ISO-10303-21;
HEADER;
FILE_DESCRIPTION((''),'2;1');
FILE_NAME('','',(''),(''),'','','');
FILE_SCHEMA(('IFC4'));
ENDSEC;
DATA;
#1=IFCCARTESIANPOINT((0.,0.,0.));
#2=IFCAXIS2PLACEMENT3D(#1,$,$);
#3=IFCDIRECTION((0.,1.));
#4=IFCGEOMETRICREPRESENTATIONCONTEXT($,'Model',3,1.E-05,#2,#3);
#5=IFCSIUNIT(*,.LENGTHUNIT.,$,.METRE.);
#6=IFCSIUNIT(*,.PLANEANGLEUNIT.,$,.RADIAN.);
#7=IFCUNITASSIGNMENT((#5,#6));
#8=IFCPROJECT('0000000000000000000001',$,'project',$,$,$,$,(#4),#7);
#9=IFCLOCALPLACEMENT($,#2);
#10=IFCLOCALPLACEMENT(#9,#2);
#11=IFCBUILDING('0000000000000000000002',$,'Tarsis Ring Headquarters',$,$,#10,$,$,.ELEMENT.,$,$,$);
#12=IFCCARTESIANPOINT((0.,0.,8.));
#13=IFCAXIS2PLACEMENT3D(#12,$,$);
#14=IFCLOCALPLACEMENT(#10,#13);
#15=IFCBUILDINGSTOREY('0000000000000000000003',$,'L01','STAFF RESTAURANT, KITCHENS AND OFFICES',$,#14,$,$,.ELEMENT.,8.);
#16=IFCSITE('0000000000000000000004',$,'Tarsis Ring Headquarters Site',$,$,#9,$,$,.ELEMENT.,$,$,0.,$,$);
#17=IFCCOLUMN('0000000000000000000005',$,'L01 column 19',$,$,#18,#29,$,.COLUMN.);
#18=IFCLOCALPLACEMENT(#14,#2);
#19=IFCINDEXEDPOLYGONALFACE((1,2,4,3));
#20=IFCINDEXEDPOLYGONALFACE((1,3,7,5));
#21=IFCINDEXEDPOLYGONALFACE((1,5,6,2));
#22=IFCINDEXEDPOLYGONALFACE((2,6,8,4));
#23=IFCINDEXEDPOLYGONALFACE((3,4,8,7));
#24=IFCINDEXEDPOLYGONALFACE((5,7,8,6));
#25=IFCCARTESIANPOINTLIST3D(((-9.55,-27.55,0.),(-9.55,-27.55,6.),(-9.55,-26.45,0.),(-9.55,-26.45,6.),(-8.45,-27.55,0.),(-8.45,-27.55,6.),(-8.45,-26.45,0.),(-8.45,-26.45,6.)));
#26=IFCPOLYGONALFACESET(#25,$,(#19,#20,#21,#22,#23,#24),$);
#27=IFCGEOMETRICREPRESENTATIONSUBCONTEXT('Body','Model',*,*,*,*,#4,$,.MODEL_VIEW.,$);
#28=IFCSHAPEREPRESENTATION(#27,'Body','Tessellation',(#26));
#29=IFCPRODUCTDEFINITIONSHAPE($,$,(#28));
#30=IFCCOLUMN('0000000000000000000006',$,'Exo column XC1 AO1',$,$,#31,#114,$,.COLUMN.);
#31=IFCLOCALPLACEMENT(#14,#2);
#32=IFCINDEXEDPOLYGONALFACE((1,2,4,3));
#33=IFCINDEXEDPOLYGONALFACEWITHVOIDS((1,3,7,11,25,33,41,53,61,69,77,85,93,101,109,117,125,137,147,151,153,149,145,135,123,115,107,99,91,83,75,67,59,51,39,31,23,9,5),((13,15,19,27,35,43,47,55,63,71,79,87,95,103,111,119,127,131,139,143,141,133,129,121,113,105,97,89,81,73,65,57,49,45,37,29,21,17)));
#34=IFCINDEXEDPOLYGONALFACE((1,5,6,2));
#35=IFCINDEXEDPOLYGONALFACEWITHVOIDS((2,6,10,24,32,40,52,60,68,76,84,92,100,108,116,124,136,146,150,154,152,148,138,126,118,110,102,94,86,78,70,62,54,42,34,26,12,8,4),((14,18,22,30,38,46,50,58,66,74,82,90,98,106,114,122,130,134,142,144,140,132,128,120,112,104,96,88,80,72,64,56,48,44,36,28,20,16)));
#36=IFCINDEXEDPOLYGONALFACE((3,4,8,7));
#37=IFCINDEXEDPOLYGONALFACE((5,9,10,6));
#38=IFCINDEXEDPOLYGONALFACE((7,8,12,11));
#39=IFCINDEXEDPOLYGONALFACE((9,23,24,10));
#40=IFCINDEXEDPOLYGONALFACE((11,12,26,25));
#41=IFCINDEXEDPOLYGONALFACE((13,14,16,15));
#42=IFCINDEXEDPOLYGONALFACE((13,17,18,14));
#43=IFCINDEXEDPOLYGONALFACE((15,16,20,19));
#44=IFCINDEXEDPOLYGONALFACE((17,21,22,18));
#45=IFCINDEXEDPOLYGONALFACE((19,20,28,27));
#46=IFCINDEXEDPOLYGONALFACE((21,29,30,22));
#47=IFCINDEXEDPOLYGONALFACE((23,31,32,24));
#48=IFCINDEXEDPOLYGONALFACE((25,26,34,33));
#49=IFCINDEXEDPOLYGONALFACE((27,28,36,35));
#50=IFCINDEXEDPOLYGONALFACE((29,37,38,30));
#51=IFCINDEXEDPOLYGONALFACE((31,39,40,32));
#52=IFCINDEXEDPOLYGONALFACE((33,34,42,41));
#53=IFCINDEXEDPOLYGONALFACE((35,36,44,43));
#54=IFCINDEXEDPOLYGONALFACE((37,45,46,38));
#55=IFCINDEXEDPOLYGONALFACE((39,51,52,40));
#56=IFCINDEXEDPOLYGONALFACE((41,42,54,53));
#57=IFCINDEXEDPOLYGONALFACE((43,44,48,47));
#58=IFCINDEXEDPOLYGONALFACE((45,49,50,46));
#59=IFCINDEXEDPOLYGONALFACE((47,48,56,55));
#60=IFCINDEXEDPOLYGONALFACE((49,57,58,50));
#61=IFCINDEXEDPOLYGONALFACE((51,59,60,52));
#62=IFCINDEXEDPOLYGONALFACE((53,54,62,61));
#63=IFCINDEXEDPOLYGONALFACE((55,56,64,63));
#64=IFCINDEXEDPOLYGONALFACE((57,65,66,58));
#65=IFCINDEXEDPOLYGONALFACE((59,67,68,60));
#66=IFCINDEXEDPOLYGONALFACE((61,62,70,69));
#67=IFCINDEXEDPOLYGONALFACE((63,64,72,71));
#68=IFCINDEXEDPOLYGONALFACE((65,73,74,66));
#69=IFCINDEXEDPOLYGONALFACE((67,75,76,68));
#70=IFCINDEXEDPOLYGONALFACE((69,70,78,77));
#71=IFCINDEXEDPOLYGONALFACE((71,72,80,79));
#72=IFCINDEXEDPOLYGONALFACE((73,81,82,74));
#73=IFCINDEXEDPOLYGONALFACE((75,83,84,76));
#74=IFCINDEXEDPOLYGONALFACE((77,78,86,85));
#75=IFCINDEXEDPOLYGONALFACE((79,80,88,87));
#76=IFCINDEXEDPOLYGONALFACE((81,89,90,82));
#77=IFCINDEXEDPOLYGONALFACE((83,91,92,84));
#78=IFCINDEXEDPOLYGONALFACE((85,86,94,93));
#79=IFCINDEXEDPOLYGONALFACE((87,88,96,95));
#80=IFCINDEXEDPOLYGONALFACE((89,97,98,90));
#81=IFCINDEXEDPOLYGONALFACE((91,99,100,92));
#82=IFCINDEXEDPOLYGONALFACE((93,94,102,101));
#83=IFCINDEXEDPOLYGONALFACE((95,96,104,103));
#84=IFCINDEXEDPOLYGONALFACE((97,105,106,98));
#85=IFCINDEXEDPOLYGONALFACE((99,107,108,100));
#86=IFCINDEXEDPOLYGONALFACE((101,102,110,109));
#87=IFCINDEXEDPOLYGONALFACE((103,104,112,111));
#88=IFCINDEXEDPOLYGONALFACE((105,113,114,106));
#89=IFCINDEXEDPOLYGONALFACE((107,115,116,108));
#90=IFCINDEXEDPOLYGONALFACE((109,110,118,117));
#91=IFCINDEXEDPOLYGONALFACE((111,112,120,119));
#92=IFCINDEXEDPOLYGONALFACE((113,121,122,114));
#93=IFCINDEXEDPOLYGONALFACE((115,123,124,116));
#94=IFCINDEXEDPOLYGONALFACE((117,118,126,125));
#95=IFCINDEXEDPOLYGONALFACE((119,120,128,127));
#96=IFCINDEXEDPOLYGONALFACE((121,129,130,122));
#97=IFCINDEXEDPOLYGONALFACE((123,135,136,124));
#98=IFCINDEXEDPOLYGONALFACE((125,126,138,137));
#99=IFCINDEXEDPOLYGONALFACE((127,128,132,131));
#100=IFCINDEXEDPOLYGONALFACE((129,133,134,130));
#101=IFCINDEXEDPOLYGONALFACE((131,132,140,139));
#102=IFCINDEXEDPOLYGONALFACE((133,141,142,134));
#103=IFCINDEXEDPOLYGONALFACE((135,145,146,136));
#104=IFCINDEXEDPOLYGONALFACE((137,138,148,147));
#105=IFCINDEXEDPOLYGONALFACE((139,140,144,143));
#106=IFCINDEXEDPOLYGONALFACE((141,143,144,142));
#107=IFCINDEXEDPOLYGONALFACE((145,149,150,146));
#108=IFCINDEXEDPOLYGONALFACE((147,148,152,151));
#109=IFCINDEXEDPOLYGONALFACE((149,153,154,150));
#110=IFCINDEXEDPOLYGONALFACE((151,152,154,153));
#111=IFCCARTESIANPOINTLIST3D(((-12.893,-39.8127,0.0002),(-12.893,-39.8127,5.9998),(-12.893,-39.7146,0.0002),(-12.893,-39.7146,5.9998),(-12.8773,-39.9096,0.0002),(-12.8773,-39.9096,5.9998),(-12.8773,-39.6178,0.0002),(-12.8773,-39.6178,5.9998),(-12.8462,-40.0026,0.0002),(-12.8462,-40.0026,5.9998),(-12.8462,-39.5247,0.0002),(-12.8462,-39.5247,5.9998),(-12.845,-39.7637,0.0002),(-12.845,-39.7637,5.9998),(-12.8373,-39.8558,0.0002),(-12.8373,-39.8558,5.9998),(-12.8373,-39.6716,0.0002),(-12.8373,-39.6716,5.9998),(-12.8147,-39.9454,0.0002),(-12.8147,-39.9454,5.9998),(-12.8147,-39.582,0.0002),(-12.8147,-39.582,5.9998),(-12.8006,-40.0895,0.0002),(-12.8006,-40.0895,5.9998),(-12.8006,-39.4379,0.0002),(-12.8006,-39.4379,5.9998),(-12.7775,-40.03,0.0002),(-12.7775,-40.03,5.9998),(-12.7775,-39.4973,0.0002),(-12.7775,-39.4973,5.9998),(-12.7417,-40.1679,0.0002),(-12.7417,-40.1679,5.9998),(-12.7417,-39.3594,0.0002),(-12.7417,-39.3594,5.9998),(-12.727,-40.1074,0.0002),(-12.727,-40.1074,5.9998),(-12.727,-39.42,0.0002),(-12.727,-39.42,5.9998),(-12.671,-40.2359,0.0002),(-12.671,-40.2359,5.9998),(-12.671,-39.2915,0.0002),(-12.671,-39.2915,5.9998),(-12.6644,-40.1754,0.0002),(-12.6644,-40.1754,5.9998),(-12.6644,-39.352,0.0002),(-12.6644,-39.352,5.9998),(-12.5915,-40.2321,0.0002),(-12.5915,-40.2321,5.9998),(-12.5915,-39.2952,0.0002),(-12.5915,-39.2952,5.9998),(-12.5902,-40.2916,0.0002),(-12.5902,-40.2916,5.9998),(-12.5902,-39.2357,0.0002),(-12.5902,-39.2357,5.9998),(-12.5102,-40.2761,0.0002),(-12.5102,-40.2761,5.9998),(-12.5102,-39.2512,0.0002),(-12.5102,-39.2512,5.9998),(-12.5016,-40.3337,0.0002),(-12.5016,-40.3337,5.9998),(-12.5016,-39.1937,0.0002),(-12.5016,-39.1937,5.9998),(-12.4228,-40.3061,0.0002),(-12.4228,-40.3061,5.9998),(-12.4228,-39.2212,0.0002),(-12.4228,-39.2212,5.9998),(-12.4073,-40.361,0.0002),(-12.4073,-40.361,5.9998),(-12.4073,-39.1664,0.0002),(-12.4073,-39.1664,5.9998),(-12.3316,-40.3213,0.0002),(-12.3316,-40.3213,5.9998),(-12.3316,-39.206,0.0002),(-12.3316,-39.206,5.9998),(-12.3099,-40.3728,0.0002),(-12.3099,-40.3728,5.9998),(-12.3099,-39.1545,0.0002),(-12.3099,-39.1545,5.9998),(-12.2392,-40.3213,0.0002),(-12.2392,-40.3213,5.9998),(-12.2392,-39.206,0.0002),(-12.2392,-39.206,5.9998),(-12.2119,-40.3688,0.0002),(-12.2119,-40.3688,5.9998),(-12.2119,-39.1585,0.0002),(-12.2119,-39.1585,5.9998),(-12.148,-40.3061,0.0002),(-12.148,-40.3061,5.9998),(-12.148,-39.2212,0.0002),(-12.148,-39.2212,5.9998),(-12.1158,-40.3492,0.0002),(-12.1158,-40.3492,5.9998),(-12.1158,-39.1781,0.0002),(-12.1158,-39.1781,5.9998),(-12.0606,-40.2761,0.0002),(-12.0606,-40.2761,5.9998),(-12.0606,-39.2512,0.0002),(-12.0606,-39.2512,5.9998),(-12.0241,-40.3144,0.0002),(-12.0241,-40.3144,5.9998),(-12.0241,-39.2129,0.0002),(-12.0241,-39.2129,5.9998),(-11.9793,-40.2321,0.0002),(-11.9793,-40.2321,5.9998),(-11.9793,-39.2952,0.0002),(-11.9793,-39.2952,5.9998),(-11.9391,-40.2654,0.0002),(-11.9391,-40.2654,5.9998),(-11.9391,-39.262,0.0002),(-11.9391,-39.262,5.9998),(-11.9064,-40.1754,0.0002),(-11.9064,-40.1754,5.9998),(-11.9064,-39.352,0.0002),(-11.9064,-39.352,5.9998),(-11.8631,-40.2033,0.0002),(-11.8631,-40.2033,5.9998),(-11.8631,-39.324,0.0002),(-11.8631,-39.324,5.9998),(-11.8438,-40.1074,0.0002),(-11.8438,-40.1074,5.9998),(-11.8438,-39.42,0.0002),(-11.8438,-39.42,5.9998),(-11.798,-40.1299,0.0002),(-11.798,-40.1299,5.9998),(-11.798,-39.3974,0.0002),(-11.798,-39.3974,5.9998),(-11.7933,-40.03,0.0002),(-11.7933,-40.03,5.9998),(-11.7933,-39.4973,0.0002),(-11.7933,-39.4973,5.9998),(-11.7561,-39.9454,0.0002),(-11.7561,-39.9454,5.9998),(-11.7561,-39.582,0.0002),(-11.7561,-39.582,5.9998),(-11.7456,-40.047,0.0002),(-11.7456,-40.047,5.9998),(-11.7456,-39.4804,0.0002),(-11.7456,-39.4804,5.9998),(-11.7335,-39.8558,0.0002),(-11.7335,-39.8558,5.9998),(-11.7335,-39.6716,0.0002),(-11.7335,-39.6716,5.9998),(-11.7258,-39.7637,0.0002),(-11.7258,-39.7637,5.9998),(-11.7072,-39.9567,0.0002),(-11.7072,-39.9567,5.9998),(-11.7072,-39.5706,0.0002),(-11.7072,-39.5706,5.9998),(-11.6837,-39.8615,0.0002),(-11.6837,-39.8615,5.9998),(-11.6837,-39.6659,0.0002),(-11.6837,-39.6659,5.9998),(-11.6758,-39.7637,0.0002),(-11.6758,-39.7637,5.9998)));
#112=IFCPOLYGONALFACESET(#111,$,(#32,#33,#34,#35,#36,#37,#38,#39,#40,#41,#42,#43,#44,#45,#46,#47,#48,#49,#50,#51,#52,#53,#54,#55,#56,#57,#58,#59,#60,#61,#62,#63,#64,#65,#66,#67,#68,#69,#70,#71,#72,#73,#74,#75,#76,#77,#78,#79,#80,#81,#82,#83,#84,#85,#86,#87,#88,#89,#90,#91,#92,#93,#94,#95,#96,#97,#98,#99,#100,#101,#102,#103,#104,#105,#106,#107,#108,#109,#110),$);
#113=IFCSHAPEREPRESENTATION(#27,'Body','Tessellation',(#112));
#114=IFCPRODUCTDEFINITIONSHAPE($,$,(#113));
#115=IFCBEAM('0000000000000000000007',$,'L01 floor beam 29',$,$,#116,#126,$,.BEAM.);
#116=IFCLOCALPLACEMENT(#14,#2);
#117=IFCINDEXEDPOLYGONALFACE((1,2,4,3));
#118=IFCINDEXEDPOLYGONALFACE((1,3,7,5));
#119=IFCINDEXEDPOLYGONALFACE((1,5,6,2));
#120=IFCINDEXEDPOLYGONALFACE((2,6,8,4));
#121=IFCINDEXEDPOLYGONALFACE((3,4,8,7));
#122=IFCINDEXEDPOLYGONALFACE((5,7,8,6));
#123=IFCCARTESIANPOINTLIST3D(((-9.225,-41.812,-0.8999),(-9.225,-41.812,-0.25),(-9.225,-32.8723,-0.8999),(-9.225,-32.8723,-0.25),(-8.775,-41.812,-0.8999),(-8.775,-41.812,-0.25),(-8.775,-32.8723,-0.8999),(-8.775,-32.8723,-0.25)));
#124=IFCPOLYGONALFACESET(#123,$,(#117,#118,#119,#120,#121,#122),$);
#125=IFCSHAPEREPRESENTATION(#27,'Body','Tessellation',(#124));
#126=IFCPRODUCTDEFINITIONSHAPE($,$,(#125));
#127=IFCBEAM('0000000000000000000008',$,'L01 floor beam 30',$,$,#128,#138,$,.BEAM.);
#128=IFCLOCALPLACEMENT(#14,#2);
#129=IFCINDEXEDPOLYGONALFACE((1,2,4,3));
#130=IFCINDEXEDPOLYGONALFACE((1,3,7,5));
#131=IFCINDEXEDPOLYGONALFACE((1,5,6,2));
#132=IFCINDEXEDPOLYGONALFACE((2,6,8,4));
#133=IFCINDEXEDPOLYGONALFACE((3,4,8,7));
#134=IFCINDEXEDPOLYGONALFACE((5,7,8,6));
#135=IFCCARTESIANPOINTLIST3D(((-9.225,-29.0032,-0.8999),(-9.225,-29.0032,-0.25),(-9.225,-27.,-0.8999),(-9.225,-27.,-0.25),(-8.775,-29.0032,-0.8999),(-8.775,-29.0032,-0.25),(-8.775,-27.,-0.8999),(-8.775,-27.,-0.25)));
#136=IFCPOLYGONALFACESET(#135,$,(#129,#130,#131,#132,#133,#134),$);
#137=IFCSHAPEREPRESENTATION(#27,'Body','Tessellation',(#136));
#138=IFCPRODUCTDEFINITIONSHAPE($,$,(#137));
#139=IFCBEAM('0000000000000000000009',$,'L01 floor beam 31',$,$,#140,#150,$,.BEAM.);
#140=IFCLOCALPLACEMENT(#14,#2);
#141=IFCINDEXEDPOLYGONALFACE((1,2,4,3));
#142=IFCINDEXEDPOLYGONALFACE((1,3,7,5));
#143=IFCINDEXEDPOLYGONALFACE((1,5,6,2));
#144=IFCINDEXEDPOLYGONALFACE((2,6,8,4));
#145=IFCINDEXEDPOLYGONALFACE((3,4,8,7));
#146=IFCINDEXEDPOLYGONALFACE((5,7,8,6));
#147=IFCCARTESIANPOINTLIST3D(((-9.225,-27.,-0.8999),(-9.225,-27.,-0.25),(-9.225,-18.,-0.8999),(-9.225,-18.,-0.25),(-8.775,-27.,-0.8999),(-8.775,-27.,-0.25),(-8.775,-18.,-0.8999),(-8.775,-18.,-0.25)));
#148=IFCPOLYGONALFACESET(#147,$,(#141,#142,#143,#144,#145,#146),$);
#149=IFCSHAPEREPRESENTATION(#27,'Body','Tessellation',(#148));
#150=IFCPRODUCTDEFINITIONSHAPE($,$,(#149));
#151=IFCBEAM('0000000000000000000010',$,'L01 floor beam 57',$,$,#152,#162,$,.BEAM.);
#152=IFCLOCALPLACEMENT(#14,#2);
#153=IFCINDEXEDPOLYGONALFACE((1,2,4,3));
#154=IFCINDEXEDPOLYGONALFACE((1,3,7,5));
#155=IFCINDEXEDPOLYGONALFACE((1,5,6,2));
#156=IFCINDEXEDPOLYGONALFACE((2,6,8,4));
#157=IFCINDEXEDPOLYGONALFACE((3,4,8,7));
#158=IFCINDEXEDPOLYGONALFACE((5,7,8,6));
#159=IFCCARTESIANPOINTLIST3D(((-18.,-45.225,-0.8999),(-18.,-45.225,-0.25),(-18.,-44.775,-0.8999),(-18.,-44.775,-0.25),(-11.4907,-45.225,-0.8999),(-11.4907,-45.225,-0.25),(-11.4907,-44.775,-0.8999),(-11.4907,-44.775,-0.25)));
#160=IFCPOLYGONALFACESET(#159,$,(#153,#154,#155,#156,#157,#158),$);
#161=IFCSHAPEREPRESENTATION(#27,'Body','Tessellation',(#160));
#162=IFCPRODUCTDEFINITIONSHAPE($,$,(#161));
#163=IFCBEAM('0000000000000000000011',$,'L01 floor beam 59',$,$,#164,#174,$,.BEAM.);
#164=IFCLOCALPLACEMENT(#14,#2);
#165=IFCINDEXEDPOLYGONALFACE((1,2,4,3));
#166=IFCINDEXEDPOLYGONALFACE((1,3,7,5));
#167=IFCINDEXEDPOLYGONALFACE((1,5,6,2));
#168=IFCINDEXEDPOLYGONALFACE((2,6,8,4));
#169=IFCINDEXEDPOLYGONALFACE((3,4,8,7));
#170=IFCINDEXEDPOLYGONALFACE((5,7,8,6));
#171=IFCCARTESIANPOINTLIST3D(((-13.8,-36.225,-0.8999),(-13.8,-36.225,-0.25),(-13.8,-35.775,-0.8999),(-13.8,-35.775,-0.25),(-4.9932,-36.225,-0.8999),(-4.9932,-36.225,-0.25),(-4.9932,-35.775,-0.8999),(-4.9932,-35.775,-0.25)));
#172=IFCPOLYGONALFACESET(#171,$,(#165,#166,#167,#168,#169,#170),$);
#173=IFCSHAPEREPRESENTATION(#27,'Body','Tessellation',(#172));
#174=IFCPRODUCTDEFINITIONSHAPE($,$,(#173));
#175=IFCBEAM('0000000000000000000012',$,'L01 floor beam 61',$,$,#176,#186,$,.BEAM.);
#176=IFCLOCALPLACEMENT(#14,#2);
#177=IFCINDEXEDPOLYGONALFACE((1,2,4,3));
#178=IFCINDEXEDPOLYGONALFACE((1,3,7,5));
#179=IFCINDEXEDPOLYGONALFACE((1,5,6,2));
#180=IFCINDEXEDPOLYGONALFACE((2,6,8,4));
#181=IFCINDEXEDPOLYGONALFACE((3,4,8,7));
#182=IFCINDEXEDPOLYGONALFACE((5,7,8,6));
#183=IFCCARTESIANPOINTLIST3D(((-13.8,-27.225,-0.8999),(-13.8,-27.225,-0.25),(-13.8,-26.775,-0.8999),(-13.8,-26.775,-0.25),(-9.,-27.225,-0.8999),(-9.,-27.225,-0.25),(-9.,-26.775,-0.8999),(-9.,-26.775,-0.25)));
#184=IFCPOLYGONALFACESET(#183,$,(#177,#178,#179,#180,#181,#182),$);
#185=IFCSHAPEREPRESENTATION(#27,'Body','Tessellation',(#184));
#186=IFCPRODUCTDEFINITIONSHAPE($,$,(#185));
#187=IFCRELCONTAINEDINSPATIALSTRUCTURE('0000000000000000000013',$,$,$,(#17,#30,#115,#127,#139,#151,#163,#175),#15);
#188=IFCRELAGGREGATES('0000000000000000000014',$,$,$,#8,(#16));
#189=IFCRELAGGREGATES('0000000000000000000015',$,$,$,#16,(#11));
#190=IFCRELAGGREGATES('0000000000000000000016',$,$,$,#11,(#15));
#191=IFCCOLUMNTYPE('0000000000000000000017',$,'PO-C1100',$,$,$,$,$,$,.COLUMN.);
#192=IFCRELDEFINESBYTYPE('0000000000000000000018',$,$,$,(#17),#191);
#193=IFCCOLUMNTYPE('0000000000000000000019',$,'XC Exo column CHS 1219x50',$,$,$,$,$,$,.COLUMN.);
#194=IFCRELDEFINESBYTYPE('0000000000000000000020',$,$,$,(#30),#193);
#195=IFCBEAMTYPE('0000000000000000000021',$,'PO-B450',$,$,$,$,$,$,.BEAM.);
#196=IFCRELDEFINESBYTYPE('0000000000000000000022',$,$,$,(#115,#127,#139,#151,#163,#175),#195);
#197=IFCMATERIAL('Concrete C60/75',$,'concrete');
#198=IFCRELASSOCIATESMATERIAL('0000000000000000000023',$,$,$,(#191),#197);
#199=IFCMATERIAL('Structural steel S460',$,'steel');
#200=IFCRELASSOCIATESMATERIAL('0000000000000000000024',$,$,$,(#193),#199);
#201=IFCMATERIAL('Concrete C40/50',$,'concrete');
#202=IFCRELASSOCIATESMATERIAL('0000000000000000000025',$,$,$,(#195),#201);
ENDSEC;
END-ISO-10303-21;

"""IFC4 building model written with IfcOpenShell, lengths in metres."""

from ifc_helpers import new_model, si_unit, direction, frame, origin, origin_2d, place, context, subcontext, project, spatial, rectangle, hollow_circle, extrude, material, material_profile, profile_set, type_object, element, save


model = new_model("IFC4")

# Units and contexts
model_context = context("Model", 3, precision=1e-05, world=origin(), true_north=direction((0.0, 1.0)))
body_context = subcontext(model_context, "Body", "Model", "MODEL_VIEW")
ifc_project = project(units=[si_unit("LENGTHUNIT", "METRE"), si_unit("PLANEANGLEUNIT", "RADIAN")], contexts=[model_context])

# Site, building, storey
site_placement = place(None, origin())
site = spatial("IfcSite", under=ifc_project, at=site_placement, Name="Tarsis Ring Headquarters Site", CompositionType="ELEMENT", RefElevation=0.0)
building_placement = place(site_placement, origin())
building = spatial("IfcBuilding", under=site, at=building_placement, Name="Tarsis Ring Headquarters", CompositionType="ELEMENT")
storey_placement = place(building_placement, frame((0.0, 0.0, 8.0)))
storey = spatial("IfcBuildingStorey", under=building, at=storey_placement, Name="L01", Description="STAFF RESTAURANT, KITCHENS AND OFFICES", CompositionType="ELEMENT", Elevation=8.0)

# Columns
ifc_material_1 = material(Name="Concrete C60/75", Category="concrete")
ifc_material_profile_1 = material_profile(ifc_material_1, rectangle(XDim=1.1001, YDim=1.1001, at=origin_2d()), Name="PO-C1100")
ifc_profile_set_1 = profile_set([ifc_material_profile_1], Name="Concrete C60/75")
column_type_1 = type_object("IfcColumnType", Name="PO-C1100", PredefinedType="COLUMN", material=ifc_profile_set_1)
column_1_placement = place(storey_placement, frame((-9.0, -27.0, 0.0), z_axis=(0.0, 0.0, 1.0), x_axis=(1.0, 0.0, 0.0)))
element("IfcColumn", 1, at=column_1_placement, inside=storey, type_object=column_type_1, Name="L01 column 19", PredefinedType="COLUMN", context=body_context, shape_type="SweptSolid", body=[
    extrude(rectangle(XDim=1.1001, YDim=1.1001, at=origin_2d()), origin(), (0.0, 0.0, 1.0), 6.0),
])
ifc_material_2 = material(Name="Structural steel S460", Category="steel")
ifc_material_profile_2 = material_profile(ifc_material_2, hollow_circle(Radius=0.6096, WallThickness=0.05, at=origin_2d()), Name="CHS 1219x50")
ifc_profile_set_2 = profile_set([ifc_material_profile_2], Name="Structural steel S460")
column_type_2 = type_object("IfcColumnType", Name="XC Exo column CHS 1219x50", PredefinedType="COLUMN", material=ifc_profile_set_2)
column_2_placement = place(storey_placement, frame((-12.2854, -39.7637, 0.0002), z_axis=(0.0, 0.0, 1.0), x_axis=(1.0, 0.0, 0.0)))
element("IfcColumn", 2, at=column_2_placement, inside=storey, type_object=column_type_2, Name="Exo column XC1 AO1", PredefinedType="COLUMN", context=body_context, shape_type="SweptSolid", body=[
    extrude(hollow_circle(Radius=0.6096, WallThickness=0.05, at=origin_2d()), origin(), (0.0, 0.0, 1.0), 5.9995),
])

# Beams
ifc_material_3 = material(Name="Concrete C40/50", Category="concrete")
ifc_material_profile_3 = material_profile(ifc_material_3, rectangle(XDim=0.45, YDim=0.6499, at=origin_2d()), Name="PO-B450")
ifc_profile_set_3 = profile_set([ifc_material_profile_3], Name="Concrete C40/50")
beam_type_1 = type_object("IfcBeamType", Name="PO-B450", PredefinedType="BEAM", material=ifc_profile_set_3)
beam_1_placement = place(storey_placement, frame((-9.0, -41.812, -0.575), z_axis=(0.0, 1.0, 0.0), x_axis=(-1.0, 0.0, 0.0)))
element("IfcBeam", 3, at=beam_1_placement, inside=storey, type_object=beam_type_1, Name="L01 floor beam 29", PredefinedType="BEAM", context=body_context, shape_type="SweptSolid", body=[
    extrude(rectangle(XDim=0.45, YDim=0.6499, at=origin_2d()), origin(), (0.0, 0.0, 1.0), 8.9397),
])
beam_2_placement = place(storey_placement, frame((-9.0, -29.0032, -0.575), z_axis=(0.0, 1.0, 0.0), x_axis=(-1.0, 0.0, 0.0)))
element("IfcBeam", 4, at=beam_2_placement, inside=storey, type_object=beam_type_1, Name="L01 floor beam 30", PredefinedType="BEAM", context=body_context, shape_type="SweptSolid", body=[
    extrude(rectangle(XDim=0.45, YDim=0.6499, at=origin_2d()), origin(), (0.0, 0.0, 1.0), 2.0032),
])
beam_3_placement = place(storey_placement, frame((-9.0, -27.0, -0.575), z_axis=(0.0, 1.0, 0.0), x_axis=(-1.0, 0.0, 0.0)))
element("IfcBeam", 5, at=beam_3_placement, inside=storey, type_object=beam_type_1, Name="L01 floor beam 31", PredefinedType="BEAM", context=body_context, shape_type="SweptSolid", body=[
    extrude(rectangle(XDim=0.45, YDim=0.6499, at=origin_2d()), origin(), (0.0, 0.0, 1.0), 9.0),
])
beam_4_placement = place(storey_placement, frame((-18.0, -45.0, -0.575), z_axis=(1.0, 0.0, 0.0), x_axis=(0.0, 1.0, 0.0)))
element("IfcBeam", 6, at=beam_4_placement, inside=storey, type_object=beam_type_1, Name="L01 floor beam 57", PredefinedType="BEAM", context=body_context, shape_type="SweptSolid", body=[
    extrude(rectangle(XDim=0.45, YDim=0.6499, at=origin_2d()), origin(), (0.0, 0.0, 1.0), 6.5093),
])
beam_5_placement = place(storey_placement, frame((-13.8, -36.0, -0.575), z_axis=(1.0, 0.0, 0.0), x_axis=(0.0, 1.0, 0.0)))
element("IfcBeam", 7, at=beam_5_placement, inside=storey, type_object=beam_type_1, Name="L01 floor beam 59", PredefinedType="BEAM", context=body_context, shape_type="SweptSolid", body=[
    extrude(rectangle(XDim=0.45, YDim=0.6499, at=origin_2d()), origin(), (0.0, 0.0, 1.0), 8.8069),
])
beam_6_placement = place(storey_placement, frame((-13.8, -27.0, -0.575), z_axis=(1.0, 0.0, 0.0), x_axis=(0.0, 1.0, 0.0)))
element("IfcBeam", 8, at=beam_6_placement, inside=storey, type_object=beam_type_1, Name="L01 floor beam 61", PredefinedType="BEAM", context=body_context, shape_type="SweptSolid", body=[
    extrude(rectangle(XDim=0.45, YDim=0.6499, at=origin_2d()), origin(), (0.0, 0.0, 1.0), 4.8),
])

save(model, "model.ifc")
